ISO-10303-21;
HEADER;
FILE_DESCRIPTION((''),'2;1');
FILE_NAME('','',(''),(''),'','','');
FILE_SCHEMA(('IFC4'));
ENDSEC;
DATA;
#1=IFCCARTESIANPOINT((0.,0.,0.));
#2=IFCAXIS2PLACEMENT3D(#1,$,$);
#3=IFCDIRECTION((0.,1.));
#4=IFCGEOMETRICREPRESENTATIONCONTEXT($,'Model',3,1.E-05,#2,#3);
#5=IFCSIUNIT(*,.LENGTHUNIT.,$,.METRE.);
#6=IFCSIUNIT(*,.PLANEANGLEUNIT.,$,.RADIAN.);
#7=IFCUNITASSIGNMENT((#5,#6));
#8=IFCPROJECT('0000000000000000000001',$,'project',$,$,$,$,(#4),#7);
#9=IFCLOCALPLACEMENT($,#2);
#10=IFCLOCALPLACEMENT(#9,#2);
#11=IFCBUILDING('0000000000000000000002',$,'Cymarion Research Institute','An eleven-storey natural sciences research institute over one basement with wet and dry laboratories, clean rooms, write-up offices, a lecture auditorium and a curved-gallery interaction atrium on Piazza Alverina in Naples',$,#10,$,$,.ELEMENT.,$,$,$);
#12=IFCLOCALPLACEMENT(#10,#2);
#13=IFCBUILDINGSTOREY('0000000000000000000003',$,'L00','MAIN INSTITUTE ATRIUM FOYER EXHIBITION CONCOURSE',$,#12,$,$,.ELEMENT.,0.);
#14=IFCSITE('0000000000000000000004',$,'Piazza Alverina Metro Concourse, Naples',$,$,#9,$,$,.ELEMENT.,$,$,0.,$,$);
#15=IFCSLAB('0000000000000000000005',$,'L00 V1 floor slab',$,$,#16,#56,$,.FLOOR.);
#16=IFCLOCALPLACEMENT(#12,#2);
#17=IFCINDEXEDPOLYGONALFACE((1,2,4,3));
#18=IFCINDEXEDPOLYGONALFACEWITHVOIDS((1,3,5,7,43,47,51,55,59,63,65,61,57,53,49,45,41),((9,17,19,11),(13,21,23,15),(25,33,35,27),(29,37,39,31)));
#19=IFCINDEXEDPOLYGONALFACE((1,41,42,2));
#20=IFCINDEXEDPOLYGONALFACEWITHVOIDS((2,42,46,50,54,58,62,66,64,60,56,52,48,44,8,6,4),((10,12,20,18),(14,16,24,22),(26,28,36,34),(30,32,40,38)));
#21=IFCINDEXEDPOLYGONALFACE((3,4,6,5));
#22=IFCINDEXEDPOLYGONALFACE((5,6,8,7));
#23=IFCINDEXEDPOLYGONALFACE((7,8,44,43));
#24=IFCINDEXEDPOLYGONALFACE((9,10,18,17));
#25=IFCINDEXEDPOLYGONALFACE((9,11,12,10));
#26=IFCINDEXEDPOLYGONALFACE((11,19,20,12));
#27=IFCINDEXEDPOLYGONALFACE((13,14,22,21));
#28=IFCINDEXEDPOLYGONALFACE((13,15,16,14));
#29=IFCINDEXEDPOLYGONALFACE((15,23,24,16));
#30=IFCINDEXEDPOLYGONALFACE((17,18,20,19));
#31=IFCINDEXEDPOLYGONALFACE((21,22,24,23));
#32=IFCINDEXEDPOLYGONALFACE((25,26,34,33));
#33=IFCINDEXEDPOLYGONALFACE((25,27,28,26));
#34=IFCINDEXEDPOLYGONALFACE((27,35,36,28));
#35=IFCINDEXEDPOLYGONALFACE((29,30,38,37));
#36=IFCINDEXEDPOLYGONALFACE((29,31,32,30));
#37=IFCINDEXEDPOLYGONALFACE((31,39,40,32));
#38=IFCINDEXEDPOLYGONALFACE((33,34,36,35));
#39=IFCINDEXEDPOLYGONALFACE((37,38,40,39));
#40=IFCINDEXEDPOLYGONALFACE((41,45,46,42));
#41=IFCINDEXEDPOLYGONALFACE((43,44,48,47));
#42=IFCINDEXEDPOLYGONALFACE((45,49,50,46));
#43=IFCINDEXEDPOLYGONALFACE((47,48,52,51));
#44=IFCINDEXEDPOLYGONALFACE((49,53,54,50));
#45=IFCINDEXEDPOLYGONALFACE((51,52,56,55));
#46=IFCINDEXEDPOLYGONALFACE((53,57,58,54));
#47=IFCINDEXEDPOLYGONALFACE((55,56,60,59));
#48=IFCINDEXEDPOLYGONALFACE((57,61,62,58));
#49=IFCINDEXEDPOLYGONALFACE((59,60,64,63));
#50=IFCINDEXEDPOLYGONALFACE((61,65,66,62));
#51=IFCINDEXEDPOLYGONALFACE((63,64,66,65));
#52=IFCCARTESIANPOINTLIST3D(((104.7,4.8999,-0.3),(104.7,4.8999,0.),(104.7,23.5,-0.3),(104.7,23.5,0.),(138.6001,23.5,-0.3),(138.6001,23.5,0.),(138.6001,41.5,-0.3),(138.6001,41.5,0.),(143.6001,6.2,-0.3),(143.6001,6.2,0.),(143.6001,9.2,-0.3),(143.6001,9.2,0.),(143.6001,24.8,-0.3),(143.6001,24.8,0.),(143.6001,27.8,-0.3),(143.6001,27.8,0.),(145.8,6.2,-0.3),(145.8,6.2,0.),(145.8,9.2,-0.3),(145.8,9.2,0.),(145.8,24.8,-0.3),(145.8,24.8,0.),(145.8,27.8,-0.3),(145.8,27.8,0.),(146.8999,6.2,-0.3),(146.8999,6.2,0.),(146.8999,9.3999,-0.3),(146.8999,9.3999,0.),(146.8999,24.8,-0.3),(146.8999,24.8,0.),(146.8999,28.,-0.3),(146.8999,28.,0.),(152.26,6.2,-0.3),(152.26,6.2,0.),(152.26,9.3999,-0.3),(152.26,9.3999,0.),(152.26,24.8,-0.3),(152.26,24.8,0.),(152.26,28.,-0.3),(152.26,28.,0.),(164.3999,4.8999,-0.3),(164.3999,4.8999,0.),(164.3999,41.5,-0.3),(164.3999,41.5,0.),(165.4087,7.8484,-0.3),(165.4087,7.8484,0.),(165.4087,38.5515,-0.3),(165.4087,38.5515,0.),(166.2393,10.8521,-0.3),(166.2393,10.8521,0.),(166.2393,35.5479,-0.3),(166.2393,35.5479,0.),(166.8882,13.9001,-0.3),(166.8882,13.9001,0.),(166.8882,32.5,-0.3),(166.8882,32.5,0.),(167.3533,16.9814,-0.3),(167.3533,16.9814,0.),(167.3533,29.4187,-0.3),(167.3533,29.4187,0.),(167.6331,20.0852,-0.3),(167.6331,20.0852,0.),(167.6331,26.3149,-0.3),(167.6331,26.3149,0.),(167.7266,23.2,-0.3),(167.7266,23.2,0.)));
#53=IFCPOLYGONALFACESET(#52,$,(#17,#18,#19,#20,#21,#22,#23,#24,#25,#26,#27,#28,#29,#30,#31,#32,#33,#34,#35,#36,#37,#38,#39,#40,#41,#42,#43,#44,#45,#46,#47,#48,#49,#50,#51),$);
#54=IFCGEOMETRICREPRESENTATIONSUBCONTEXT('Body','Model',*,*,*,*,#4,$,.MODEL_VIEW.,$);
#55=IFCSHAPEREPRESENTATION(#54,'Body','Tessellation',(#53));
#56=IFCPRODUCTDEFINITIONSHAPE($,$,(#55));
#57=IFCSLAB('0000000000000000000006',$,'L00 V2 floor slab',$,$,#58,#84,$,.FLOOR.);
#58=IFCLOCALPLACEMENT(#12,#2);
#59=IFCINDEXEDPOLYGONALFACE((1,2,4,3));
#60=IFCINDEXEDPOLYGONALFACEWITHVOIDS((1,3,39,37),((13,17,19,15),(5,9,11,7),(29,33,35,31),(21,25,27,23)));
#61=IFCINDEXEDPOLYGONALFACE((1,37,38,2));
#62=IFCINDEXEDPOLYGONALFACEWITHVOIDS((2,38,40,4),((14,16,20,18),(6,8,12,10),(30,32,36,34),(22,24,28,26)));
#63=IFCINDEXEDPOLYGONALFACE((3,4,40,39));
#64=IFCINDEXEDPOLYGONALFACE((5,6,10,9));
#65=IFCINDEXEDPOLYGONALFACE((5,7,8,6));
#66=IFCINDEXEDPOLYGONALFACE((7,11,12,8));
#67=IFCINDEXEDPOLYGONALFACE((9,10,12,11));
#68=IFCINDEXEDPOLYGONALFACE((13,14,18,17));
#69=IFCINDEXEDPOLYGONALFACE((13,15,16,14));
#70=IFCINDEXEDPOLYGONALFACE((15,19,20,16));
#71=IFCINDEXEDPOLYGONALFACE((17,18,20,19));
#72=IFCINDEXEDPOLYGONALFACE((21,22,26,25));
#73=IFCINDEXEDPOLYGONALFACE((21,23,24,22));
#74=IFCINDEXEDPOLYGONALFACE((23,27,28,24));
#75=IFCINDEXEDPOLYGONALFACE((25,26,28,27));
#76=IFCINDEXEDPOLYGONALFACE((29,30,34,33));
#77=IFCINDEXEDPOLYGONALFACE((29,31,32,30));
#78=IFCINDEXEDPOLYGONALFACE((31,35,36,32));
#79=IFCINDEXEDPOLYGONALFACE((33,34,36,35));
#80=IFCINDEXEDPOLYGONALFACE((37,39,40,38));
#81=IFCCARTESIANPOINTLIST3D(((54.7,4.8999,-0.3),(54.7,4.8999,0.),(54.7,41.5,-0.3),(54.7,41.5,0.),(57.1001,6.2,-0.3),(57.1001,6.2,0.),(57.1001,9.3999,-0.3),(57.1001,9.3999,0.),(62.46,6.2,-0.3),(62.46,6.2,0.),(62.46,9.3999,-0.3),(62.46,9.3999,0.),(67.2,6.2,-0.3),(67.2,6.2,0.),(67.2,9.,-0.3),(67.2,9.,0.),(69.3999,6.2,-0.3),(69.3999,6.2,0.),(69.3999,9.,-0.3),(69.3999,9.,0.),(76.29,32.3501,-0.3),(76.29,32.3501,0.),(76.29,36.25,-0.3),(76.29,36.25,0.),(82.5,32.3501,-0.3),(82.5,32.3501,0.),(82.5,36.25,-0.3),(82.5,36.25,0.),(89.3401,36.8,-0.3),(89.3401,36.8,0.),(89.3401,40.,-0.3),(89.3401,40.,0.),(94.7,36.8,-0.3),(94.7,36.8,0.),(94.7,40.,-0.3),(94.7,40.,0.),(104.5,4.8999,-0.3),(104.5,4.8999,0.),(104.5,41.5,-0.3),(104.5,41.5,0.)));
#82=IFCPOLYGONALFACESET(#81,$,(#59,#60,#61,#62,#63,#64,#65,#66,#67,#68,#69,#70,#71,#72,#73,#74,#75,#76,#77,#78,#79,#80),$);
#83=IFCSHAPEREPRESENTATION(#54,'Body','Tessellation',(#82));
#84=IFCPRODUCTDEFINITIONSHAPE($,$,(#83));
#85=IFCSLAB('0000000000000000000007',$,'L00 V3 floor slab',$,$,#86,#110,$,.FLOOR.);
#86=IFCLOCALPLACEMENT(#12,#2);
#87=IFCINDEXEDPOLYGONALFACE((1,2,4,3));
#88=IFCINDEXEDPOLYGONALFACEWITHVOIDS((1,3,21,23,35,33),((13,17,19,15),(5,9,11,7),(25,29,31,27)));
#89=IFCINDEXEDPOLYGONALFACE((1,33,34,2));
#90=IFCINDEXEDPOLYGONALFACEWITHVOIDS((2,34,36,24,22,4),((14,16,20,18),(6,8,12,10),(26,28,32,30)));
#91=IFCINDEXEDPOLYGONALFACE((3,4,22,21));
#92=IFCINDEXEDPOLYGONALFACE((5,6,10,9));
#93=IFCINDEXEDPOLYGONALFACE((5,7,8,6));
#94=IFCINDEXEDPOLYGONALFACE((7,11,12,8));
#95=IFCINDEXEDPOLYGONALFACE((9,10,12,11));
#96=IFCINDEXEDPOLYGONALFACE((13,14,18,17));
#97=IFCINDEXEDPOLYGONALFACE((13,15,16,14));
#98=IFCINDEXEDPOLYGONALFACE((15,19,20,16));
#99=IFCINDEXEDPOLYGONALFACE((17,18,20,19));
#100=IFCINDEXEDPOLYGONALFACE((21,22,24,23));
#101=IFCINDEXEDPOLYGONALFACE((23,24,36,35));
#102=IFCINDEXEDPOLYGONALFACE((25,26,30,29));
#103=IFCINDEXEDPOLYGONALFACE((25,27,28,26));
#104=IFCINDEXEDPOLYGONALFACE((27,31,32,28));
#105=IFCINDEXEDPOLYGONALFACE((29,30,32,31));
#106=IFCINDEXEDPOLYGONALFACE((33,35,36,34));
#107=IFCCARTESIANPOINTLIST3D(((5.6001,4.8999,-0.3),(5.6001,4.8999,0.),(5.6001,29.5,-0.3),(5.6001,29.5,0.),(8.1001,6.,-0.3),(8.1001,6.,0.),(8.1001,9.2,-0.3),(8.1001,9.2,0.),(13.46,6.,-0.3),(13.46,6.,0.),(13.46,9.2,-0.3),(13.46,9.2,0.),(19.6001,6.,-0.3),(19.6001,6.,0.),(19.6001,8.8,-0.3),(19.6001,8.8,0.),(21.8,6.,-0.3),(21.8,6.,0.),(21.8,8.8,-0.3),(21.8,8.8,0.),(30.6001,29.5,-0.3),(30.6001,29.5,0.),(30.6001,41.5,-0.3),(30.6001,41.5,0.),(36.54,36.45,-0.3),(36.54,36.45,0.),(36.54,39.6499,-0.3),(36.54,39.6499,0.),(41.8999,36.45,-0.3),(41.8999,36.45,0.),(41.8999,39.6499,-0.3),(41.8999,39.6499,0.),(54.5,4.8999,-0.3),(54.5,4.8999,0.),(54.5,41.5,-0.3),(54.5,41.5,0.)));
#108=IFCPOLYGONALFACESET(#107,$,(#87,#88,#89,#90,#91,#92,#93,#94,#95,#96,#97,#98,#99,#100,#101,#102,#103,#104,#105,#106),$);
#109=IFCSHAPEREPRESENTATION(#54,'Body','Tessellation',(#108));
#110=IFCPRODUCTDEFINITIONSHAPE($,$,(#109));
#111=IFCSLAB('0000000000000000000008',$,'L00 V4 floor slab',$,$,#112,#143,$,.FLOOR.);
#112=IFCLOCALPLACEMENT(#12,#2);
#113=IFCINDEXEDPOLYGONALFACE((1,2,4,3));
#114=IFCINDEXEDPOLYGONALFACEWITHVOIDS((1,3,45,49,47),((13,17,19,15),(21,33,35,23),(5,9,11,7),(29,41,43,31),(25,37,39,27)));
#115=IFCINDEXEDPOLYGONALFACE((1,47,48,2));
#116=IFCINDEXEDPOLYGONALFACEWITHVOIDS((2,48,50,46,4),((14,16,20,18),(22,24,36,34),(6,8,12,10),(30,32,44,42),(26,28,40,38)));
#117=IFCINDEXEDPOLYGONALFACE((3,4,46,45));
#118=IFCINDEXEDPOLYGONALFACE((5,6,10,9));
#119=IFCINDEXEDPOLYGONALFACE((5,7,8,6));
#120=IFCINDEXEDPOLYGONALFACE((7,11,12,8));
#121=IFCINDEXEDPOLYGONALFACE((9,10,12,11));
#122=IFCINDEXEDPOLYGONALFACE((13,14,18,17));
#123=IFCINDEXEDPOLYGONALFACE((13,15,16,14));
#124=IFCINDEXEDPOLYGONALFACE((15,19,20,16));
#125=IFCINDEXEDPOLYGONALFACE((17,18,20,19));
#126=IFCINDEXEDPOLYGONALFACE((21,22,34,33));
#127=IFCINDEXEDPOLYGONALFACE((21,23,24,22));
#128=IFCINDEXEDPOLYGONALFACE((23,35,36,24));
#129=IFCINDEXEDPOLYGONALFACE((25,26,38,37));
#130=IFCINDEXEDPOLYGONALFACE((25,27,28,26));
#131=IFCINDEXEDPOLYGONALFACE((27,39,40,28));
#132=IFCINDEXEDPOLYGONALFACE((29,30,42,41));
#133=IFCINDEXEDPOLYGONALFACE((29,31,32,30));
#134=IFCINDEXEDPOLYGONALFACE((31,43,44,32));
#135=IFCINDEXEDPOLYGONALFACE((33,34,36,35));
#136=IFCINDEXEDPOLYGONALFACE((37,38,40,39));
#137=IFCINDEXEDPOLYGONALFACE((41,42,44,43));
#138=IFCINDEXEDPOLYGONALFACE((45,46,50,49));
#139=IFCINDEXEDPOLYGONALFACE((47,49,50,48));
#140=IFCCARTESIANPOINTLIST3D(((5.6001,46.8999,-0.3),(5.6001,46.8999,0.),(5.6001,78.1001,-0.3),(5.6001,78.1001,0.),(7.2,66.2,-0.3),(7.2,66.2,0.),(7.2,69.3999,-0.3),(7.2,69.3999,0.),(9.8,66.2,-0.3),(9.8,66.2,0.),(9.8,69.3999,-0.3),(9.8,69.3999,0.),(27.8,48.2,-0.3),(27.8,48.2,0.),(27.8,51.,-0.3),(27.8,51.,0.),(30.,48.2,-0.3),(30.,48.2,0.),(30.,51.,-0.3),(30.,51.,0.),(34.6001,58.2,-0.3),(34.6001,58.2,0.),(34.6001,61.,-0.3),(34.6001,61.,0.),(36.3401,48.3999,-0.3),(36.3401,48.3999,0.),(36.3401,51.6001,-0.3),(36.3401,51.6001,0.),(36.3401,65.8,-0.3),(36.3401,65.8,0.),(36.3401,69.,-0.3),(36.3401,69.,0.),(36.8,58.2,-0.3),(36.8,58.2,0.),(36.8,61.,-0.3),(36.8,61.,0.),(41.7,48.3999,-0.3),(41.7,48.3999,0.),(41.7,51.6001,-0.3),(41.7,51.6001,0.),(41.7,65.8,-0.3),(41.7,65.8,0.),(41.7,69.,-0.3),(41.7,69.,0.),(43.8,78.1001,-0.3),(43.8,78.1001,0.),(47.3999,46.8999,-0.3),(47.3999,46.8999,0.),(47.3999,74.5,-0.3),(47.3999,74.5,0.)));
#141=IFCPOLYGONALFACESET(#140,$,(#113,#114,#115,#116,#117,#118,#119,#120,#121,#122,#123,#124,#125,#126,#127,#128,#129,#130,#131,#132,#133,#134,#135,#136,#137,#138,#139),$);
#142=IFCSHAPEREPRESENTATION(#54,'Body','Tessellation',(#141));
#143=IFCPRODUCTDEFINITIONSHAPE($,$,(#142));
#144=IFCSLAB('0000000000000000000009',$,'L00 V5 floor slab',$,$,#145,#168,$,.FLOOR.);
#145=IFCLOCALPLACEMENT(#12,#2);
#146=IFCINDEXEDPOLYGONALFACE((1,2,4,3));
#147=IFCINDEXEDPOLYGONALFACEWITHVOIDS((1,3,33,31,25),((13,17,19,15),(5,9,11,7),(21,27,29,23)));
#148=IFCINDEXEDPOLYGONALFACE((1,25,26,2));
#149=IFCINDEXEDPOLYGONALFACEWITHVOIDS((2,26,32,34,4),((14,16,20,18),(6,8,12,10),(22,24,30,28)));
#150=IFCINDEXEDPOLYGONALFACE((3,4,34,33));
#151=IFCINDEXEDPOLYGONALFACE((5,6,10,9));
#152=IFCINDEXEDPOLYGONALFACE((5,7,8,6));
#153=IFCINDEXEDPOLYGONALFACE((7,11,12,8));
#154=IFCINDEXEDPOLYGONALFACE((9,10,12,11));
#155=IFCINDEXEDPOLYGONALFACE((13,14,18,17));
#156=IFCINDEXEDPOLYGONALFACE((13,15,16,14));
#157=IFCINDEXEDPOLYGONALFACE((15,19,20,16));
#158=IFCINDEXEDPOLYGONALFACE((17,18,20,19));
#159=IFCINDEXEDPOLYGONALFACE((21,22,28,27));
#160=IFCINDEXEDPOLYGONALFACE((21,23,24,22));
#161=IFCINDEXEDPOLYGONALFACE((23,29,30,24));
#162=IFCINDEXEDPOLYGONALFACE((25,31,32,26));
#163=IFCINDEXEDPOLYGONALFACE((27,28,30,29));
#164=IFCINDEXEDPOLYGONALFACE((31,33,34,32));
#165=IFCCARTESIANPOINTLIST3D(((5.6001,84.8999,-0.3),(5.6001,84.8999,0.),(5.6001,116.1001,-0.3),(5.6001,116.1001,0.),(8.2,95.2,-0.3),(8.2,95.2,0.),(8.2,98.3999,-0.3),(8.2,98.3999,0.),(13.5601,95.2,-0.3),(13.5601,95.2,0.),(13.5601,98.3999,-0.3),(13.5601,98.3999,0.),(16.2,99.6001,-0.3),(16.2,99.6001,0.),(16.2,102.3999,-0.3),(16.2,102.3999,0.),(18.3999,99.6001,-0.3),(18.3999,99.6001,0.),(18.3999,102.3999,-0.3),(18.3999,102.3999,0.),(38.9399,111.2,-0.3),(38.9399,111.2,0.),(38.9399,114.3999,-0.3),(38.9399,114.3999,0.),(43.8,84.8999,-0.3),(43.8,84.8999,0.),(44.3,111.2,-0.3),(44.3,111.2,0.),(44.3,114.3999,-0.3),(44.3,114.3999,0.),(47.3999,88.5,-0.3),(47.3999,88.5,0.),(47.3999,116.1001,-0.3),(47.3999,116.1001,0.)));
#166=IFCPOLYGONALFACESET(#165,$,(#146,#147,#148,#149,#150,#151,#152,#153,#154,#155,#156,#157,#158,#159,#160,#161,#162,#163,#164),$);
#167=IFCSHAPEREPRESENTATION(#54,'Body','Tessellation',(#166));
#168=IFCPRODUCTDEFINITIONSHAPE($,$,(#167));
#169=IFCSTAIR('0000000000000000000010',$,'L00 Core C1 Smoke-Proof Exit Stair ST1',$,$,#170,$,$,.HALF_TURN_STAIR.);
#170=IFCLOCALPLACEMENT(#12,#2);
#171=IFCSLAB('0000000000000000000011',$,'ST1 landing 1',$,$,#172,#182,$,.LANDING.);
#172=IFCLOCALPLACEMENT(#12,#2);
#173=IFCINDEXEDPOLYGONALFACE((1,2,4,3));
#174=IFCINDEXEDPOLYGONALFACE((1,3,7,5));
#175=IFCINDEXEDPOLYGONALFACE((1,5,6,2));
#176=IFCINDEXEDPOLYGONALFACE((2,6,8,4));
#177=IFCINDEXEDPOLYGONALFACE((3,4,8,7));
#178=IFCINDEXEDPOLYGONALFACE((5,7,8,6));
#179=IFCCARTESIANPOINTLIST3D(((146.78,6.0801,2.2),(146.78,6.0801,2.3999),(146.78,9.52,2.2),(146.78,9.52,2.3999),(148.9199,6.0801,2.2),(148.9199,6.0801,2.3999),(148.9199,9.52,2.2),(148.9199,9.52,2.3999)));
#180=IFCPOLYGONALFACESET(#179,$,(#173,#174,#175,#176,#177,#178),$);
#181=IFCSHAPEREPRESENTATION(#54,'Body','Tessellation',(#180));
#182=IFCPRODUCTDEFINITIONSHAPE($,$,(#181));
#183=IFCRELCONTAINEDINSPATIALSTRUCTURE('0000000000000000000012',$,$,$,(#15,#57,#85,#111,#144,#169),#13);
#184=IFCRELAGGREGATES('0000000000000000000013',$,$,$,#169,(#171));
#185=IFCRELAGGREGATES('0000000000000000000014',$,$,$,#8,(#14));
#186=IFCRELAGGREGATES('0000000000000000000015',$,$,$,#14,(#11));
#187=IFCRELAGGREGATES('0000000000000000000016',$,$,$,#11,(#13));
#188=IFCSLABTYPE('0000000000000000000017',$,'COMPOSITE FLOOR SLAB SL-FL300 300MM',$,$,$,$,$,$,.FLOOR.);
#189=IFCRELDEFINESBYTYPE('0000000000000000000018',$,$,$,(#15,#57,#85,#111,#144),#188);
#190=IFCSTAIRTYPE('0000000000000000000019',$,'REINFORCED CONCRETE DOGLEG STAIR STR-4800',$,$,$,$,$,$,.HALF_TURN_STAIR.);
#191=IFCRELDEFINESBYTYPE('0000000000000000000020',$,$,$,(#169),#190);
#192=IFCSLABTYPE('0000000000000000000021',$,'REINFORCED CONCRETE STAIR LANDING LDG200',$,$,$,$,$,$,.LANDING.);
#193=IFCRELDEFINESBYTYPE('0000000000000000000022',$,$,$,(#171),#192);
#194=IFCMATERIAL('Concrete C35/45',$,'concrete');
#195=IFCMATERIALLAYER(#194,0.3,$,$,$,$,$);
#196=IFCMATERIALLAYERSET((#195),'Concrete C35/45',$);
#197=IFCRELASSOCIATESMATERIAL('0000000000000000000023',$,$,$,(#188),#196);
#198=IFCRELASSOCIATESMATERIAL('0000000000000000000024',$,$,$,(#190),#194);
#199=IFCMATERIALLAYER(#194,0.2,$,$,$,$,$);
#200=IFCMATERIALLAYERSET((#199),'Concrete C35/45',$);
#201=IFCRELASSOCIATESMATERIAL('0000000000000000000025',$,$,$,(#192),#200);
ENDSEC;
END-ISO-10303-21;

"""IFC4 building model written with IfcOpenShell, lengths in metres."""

from ifc_helpers import new_model, si_unit, direction, frame, origin, place, context, subcontext, project, spatial, polyline, outline, extrude, material, layer, layer_set, type_object, element, aggregate, save


model = new_model("IFC4")

# Units and contexts
model_context = context("Model", 3, precision=1e-05, world=origin(), true_north=direction((0.0, 1.0)))
body_context = subcontext(model_context, "Body", "Model", "MODEL_VIEW")
ifc_project = project(units=[si_unit("LENGTHUNIT", "METRE"), si_unit("PLANEANGLEUNIT", "RADIAN")], contexts=[model_context])

# Site, building, storey
site_placement = place(None, origin())
site = spatial("IfcSite", under=ifc_project, at=site_placement, Name="Piazza Alverina Metro Concourse, Naples", CompositionType="ELEMENT", RefElevation=0.0)
building_placement = place(site_placement, origin())
building = spatial("IfcBuilding", under=site, at=building_placement, Name="Cymarion Research Institute", Description="An eleven-storey natural sciences research institute over one basement with wet and dry laboratories, clean rooms, write-up offices, a lecture auditorium and a curved-gallery interaction atrium on Piazza Alverina in Naples", CompositionType="ELEMENT")
storey_placement = place(building_placement, origin())
storey = spatial("IfcBuildingStorey", under=building, at=storey_placement, Name="L00", Description="MAIN INSTITUTE ATRIUM FOYER EXHIBITION CONCOURSE", CompositionType="ELEMENT", Elevation=0.0)

# Slabs
ifc_material_1 = material(Name="Concrete C35/45", Category="concrete")
ifc_layer_1 = layer(ifc_material_1, 0.3)
ifc_layer_set_1 = layer_set([ifc_layer_1], Name="Concrete C35/45")
slab_type_1 = type_object("IfcSlabType", Name="COMPOSITE FLOOR SLAB SL-FL300 300MM", PredefinedType="FLOOR", material=ifc_layer_set_1)
slab_1_placement = place(storey_placement, frame((0.0, 0.0, -0.3)))
element("IfcSlab", 1, at=slab_1_placement, inside=storey, type_object=slab_type_1, Name="L00 V1 floor slab", PredefinedType="FLOOR", context=body_context, shape_type="SweptSolid", body=[
    extrude(outline(polyline([(104.7, 4.8999), (164.3999, 4.8999), (165.4087, 7.8484), (166.2393, 10.8521), (166.8882, 13.9001), (167.3533, 16.9814), (167.6331, 20.0852), (167.7266, 23.2), (167.6331, 26.3149), (167.3533, 29.4187), (166.8882, 32.5), (166.2393, 35.5479), (165.4087, 38.5515), (164.3999, 41.5), (138.6001, 41.5), (138.6001, 23.5), (104.7, 23.5), (104.7, 4.8999)]), holes=[polyline([(152.26, 9.3999), (146.8999, 9.3999), (146.8999, 6.2), (152.26, 6.2), (152.26, 9.3999)]), polyline([(143.6001, 6.2), (145.8, 6.2), (145.8, 9.2), (143.6001, 9.2), (143.6001, 6.2)]), polyline([(152.26, 28.0), (146.8999, 28.0), (146.8999, 24.8), (152.26, 24.8), (152.26, 28.0)]), polyline([(143.6001, 24.8), (145.8, 24.8), (145.8, 27.8), (143.6001, 27.8), (143.6001, 24.8)])]), origin(), (0.0, 0.0, 1.0), 0.3),
])
slab_2_placement = place(storey_placement, frame((0.0, 0.0, -0.3)))
element("IfcSlab", 2, at=slab_2_placement, inside=storey, type_object=slab_type_1, Name="L00 V2 floor slab", PredefinedType="FLOOR", context=body_context, shape_type="SweptSolid", body=[
    extrude(outline(polyline([(54.7, 4.8999), (104.5, 4.8999), (104.5, 41.5), (54.7, 41.5), (54.7, 4.8999)]), holes=[polyline([(62.46, 9.3999), (57.1001, 9.3999), (57.1001, 6.2), (62.46, 6.2), (62.46, 9.3999)]), polyline([(67.2, 6.2), (69.3999, 6.2), (69.3999, 9.0), (67.2, 9.0), (67.2, 6.2)]), polyline([(89.3401, 36.8), (94.7, 36.8), (94.7, 40.0), (89.3401, 40.0), (89.3401, 36.8)]), polyline([(76.29, 32.3501), (82.5, 32.3501), (82.5, 36.25), (76.29, 36.25), (76.29, 32.3501)])]), origin(), (0.0, 0.0, 1.0), 0.3),
])
slab_3_placement = place(storey_placement, frame((0.0, 0.0, -0.3)))
element("IfcSlab", 3, at=slab_3_placement, inside=storey, type_object=slab_type_1, Name="L00 V3 floor slab", PredefinedType="FLOOR", context=body_context, shape_type="SweptSolid", body=[
    extrude(outline(polyline([(5.6001, 4.8999), (54.5, 4.8999), (54.5, 41.5), (30.6001, 41.5), (30.6001, 29.5), (5.6001, 29.5), (5.6001, 4.8999)]), holes=[polyline([(13.46, 9.2), (8.1001, 9.2), (8.1001, 6.0), (13.46, 6.0), (13.46, 9.2)]), polyline([(19.6001, 6.0), (21.8, 6.0), (21.8, 8.8), (19.6001, 8.8), (19.6001, 6.0)]), polyline([(36.54, 36.45), (41.8999, 36.45), (41.8999, 39.6499), (36.54, 39.6499), (36.54, 36.45)])]), origin(), (0.0, 0.0, 1.0), 0.3),
])
slab_4_placement = place(storey_placement, frame((0.0, 0.0, -0.3)))
element("IfcSlab", 4, at=slab_4_placement, inside=storey, type_object=slab_type_1, Name="L00 V4 floor slab", PredefinedType="FLOOR", context=body_context, shape_type="SweptSolid", body=[
    extrude(outline(polyline([(5.6001, 46.8999), (47.3999, 46.8999), (47.3999, 74.5), (43.8, 78.1001), (5.6001, 78.1001), (5.6001, 46.8999)]), holes=[polyline([(36.3401, 48.3999), (41.7, 48.3999), (41.7, 51.6001), (36.3401, 51.6001), (36.3401, 48.3999)]), polyline([(27.8, 48.2), (30.0, 48.2), (30.0, 51.0), (27.8, 51.0), (27.8, 48.2)]), polyline([(36.3401, 65.8), (41.7, 65.8), (41.7, 69.0), (36.3401, 69.0), (36.3401, 65.8)]), polyline([(34.6001, 58.2), (36.8, 58.2), (36.8, 61.0), (34.6001, 61.0), (34.6001, 58.2)]), polyline([(7.2, 66.2), (9.8, 66.2), (9.8, 69.3999), (7.2, 69.3999), (7.2, 66.2)])]), origin(), (0.0, 0.0, 1.0), 0.3),
])
slab_5_placement = place(storey_placement, frame((0.0, 0.0, -0.3)))
element("IfcSlab", 5, at=slab_5_placement, inside=storey, type_object=slab_type_1, Name="L00 V5 floor slab", PredefinedType="FLOOR", context=body_context, shape_type="SweptSolid", body=[
    extrude(outline(polyline([(5.6001, 84.8999), (43.8, 84.8999), (47.3999, 88.5), (47.3999, 116.1001), (5.6001, 116.1001), (5.6001, 84.8999)]), holes=[polyline([(13.5601, 98.3999), (8.2, 98.3999), (8.2, 95.2), (13.5601, 95.2), (13.5601, 98.3999)]), polyline([(16.2, 99.6001), (18.3999, 99.6001), (18.3999, 102.3999), (16.2, 102.3999), (16.2, 99.6001)]), polyline([(38.9399, 111.2), (44.3, 111.2), (44.3, 114.3999), (38.9399, 114.3999), (38.9399, 111.2)])]), origin(), (0.0, 0.0, 1.0), 0.3),
])

# Stair, slab
stair_type = type_object("IfcStairType", Name="REINFORCED CONCRETE DOGLEG STAIR STR-4800", PredefinedType="HALF_TURN_STAIR", material=ifc_material_1)
stair_1_placement = place(storey_placement, origin())
stair_1 = element("IfcStair", 6, at=stair_1_placement, inside=storey, type_object=stair_type, Name="L00 Core C1 Smoke-Proof Exit Stair ST1", PredefinedType="HALF_TURN_STAIR")
ifc_layer_2 = layer(ifc_material_1, 0.2)
ifc_layer_set_2 = layer_set([ifc_layer_2], Name="Concrete C35/45")
slab_type_2 = type_object("IfcSlabType", Name="REINFORCED CONCRETE STAIR LANDING LDG200", PredefinedType="LANDING", material=ifc_layer_set_2)
slab_6_placement = place(storey_placement, frame((0.0, 0.0, 2.2)))
slab_6 = element("IfcSlab", 7, at=slab_6_placement, type_object=slab_type_2, Name="ST1 landing 1", PredefinedType="LANDING", context=body_context, shape_type="SweptSolid", body=[
    extrude(outline(polyline([(148.9199, 9.52), (148.9199, 6.0801), (146.78, 6.0801), (146.78, 9.52), (148.9199, 9.52)])), origin(), (0.0, 0.0, 1.0), 0.2),
])
aggregate(stair_1, [slab_6])

save(model, "model.ifc")
